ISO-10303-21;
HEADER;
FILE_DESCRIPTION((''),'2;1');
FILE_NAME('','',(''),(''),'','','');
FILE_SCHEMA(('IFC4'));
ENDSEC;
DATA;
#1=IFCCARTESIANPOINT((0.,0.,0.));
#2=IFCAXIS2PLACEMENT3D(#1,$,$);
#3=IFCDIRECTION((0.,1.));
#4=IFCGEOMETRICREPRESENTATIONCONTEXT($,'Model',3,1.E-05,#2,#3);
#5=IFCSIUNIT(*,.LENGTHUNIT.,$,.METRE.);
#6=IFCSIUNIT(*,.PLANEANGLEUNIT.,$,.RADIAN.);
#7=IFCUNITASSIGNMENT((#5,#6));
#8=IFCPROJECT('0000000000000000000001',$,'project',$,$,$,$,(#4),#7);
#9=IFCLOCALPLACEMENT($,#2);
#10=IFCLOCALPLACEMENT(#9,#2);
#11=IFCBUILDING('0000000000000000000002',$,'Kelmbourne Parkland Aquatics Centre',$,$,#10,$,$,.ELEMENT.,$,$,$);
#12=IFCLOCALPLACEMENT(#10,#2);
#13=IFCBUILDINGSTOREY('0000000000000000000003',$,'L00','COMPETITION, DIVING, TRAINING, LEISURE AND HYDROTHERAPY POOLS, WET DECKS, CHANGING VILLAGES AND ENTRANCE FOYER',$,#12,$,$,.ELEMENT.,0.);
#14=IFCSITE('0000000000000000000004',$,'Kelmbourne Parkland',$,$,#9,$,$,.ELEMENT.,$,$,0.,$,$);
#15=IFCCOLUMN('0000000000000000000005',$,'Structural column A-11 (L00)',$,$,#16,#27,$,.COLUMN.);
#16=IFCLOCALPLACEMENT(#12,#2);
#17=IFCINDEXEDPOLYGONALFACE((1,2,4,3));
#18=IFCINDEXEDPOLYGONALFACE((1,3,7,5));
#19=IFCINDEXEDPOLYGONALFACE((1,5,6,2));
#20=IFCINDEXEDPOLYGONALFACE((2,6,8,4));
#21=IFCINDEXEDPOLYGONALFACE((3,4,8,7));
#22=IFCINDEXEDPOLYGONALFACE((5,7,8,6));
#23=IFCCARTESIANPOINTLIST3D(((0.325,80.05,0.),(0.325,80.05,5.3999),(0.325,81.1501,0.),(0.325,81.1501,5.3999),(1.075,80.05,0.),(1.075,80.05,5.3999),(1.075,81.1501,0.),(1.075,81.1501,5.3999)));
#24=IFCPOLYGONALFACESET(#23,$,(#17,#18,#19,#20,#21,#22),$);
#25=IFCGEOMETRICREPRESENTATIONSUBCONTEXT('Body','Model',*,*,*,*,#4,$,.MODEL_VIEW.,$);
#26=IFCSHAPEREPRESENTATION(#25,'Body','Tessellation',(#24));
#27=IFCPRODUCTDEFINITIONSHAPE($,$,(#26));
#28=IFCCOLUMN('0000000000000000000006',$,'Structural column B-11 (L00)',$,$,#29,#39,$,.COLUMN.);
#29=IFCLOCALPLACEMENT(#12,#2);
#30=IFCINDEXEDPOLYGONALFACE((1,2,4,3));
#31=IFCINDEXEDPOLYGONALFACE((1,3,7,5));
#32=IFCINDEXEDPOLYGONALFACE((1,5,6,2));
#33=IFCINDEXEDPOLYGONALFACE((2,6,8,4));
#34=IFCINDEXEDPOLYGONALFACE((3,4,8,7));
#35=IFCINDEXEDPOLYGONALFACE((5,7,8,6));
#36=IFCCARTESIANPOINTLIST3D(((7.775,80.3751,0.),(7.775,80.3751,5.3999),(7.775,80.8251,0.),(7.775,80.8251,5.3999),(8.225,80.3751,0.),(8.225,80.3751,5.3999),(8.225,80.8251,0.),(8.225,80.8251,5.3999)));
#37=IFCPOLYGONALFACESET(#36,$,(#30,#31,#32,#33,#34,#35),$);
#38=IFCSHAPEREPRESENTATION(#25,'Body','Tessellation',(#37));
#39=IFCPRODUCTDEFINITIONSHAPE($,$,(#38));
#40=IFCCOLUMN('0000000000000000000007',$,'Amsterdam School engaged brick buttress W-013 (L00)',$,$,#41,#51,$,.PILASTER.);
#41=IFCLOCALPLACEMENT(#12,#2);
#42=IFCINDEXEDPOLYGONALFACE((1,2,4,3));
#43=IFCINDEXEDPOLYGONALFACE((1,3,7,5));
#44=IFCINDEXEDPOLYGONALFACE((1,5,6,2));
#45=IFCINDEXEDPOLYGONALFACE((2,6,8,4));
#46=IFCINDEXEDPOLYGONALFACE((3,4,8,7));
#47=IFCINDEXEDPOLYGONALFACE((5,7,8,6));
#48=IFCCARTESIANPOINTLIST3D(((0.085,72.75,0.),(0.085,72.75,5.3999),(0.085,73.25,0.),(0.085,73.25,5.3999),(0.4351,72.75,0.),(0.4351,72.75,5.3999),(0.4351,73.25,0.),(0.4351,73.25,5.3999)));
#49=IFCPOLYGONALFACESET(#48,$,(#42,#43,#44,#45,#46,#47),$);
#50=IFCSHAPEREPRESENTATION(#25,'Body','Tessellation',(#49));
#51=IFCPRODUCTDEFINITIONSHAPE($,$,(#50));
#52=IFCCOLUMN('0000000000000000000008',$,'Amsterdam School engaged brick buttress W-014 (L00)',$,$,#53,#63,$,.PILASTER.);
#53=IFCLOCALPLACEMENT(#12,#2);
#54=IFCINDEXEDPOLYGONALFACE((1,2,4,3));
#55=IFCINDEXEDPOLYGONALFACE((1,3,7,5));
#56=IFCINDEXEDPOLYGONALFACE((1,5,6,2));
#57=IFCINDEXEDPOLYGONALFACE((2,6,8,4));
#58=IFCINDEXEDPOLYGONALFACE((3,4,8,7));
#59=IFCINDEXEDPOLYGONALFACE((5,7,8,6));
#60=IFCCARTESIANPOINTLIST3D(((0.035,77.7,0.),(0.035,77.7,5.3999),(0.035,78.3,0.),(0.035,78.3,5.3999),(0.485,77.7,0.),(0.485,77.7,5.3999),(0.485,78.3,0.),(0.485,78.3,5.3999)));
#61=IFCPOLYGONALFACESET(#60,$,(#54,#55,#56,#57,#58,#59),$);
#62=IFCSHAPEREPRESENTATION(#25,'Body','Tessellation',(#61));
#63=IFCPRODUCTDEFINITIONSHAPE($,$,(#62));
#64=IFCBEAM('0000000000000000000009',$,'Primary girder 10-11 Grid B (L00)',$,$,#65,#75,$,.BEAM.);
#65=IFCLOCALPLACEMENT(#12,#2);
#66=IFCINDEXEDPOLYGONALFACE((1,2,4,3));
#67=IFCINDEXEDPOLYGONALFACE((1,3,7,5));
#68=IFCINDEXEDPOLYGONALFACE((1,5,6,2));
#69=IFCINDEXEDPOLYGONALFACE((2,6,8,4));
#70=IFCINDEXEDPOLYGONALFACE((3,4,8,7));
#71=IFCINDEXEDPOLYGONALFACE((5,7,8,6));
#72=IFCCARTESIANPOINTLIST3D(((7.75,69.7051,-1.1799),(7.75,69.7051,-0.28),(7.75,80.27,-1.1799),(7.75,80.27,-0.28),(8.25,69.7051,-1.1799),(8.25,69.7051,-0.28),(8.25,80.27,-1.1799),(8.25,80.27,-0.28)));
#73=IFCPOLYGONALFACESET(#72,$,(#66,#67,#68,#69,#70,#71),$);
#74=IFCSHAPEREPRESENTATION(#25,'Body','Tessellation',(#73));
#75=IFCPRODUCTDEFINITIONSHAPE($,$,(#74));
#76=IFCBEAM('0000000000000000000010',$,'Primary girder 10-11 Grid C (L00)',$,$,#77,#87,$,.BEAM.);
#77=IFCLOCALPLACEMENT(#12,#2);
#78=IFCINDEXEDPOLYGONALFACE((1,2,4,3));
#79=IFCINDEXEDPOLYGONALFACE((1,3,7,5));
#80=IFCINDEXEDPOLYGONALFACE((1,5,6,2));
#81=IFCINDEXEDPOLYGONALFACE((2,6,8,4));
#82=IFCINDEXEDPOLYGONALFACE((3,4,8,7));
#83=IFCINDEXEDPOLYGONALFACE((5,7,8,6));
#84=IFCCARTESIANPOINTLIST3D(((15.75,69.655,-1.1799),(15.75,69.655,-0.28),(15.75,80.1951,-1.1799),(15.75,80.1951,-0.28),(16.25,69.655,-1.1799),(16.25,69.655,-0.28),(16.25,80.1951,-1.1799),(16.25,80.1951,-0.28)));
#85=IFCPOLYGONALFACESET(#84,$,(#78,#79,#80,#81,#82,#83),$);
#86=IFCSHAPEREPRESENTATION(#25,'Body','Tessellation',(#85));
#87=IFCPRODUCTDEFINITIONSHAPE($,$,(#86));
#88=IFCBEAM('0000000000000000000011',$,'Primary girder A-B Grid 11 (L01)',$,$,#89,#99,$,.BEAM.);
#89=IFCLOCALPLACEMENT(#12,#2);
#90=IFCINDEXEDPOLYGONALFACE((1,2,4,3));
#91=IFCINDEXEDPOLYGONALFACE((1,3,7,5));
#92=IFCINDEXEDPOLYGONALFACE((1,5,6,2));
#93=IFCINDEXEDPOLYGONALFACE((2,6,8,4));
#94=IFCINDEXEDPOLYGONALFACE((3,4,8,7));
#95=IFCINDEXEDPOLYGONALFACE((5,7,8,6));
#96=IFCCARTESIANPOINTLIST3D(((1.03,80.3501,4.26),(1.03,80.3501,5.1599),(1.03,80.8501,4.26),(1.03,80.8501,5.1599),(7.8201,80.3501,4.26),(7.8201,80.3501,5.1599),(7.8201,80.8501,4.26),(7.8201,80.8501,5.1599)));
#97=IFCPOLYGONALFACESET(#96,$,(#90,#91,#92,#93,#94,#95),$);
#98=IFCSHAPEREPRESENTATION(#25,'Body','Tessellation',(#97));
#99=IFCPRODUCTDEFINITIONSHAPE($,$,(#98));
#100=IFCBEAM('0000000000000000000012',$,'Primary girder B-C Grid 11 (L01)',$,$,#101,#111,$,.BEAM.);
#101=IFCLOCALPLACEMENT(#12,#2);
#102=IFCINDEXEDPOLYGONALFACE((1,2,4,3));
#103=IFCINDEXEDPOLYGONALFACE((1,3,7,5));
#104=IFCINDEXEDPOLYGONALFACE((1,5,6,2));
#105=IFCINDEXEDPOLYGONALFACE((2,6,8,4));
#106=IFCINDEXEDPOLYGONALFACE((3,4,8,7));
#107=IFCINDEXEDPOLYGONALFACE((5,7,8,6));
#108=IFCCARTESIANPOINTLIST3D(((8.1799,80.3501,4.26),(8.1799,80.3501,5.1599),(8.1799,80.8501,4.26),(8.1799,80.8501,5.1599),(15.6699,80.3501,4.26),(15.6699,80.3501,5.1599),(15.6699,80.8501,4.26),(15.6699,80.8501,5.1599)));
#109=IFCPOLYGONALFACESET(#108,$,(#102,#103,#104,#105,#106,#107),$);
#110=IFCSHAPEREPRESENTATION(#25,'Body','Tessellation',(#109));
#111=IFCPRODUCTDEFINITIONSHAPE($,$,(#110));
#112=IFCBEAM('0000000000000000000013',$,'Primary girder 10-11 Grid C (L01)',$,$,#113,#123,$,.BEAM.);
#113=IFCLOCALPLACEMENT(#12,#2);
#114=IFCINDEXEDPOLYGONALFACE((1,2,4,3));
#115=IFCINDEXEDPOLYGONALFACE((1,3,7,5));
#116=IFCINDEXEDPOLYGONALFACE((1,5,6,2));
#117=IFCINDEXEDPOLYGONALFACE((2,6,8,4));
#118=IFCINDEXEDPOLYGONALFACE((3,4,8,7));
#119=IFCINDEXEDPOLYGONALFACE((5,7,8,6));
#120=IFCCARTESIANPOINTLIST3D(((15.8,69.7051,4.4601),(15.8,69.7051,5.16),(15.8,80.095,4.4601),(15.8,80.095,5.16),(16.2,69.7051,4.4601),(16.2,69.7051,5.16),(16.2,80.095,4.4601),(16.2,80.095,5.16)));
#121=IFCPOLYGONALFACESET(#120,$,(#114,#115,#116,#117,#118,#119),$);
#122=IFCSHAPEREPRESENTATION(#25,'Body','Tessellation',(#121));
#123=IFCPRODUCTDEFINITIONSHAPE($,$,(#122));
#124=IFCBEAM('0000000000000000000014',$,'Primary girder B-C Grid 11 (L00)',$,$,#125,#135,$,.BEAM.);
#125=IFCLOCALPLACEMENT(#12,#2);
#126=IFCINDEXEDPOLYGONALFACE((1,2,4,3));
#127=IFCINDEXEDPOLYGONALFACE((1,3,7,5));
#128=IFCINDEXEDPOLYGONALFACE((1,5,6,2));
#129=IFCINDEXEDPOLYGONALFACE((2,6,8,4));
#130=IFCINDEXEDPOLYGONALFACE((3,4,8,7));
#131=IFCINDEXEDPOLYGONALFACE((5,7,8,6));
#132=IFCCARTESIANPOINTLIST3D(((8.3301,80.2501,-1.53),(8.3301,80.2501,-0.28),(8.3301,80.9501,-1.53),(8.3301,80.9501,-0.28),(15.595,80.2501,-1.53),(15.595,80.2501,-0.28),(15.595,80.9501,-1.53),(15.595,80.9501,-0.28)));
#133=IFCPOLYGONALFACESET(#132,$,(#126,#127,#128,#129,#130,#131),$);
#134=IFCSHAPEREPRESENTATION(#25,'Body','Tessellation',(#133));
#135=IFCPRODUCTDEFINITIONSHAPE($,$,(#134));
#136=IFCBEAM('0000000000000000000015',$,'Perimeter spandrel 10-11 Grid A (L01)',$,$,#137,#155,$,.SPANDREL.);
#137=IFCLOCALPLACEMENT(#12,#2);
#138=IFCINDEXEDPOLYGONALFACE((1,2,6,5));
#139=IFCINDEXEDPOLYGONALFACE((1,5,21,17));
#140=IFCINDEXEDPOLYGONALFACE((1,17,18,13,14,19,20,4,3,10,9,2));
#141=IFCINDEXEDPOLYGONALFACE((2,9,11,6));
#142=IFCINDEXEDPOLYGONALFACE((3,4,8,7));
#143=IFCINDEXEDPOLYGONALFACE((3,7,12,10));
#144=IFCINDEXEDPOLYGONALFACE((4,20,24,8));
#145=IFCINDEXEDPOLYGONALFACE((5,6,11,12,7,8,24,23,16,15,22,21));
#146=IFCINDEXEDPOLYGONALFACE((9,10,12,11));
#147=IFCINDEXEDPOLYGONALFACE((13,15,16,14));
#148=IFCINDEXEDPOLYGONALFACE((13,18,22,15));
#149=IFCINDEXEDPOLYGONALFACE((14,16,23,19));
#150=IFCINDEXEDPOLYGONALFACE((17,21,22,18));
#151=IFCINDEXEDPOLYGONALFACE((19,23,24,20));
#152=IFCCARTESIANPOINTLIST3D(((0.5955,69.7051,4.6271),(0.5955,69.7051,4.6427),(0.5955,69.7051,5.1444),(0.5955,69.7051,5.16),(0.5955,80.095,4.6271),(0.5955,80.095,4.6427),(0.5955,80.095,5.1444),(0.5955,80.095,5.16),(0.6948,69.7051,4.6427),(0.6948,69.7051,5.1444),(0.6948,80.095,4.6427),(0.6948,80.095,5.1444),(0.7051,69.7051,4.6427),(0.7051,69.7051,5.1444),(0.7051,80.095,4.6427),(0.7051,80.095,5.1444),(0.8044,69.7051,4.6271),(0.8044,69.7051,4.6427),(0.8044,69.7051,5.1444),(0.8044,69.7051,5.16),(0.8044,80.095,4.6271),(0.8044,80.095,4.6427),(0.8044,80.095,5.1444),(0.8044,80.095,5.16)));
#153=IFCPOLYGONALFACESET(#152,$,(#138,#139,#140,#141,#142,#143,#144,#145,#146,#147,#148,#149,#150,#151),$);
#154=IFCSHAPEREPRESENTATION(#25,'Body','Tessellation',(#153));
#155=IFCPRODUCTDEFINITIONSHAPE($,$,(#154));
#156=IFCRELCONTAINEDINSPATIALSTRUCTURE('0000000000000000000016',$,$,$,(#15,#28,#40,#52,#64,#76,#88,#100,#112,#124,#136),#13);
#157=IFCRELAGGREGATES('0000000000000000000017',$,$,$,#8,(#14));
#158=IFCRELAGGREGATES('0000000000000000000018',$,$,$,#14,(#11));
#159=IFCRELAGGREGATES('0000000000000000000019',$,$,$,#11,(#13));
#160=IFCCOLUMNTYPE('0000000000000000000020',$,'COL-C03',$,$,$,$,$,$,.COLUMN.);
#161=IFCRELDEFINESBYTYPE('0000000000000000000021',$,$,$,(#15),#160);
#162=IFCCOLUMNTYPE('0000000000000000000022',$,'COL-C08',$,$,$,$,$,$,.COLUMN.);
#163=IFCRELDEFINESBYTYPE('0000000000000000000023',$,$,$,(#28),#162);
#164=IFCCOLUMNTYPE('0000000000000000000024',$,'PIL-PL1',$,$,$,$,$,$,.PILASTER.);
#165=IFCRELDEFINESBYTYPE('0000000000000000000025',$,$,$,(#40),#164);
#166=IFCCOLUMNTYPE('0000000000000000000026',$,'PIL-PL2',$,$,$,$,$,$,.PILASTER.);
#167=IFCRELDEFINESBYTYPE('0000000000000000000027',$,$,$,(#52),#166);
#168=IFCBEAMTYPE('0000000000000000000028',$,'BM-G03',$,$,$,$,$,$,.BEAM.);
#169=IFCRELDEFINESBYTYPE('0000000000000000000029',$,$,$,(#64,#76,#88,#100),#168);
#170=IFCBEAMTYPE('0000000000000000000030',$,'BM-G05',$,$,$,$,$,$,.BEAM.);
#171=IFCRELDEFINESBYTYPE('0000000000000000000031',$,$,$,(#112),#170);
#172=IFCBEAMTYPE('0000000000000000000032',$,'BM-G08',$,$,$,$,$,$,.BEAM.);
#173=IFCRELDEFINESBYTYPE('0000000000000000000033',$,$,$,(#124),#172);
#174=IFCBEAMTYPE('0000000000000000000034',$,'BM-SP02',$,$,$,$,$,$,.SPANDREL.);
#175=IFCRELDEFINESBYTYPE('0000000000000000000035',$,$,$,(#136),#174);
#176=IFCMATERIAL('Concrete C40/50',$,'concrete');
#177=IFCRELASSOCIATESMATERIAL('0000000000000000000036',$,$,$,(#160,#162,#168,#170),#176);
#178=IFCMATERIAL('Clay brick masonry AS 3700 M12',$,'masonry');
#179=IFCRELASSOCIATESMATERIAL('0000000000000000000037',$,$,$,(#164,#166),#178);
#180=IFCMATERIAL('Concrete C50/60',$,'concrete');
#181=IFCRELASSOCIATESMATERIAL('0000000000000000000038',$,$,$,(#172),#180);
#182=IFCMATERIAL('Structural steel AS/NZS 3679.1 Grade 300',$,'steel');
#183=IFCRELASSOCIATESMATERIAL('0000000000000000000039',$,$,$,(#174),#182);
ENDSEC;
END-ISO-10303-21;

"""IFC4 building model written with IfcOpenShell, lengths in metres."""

from ifc_helpers import new_model, si_unit, direction, frame, origin, origin_2d, place, context, subcontext, project, spatial, rectangle, i_section, extrude, material, material_profile, profile_set, type_object, element, save


model = new_model("IFC4")

# Units and contexts
model_context = context("Model", 3, precision=1e-05, world=origin(), true_north=direction((0.0, 1.0)))
body_context = subcontext(model_context, "Body", "Model", "MODEL_VIEW")
ifc_project = project(units=[si_unit("LENGTHUNIT", "METRE"), si_unit("PLANEANGLEUNIT", "RADIAN")], contexts=[model_context])

# Site, building, storey
site_placement = place(None, origin())
site = spatial("IfcSite", under=ifc_project, at=site_placement, Name="Kelmbourne Parkland", CompositionType="ELEMENT", RefElevation=0.0)
building_placement = place(site_placement, origin())
building = spatial("IfcBuilding", under=site, at=building_placement, Name="Kelmbourne Parkland Aquatics Centre", CompositionType="ELEMENT")
storey_placement = place(building_placement, origin())
storey = spatial("IfcBuildingStorey", under=building, at=storey_placement, Name="L00", Description="COMPETITION, DIVING, TRAINING, LEISURE AND HYDROTHERAPY POOLS, WET DECKS, CHANGING VILLAGES AND ENTRANCE FOYER", CompositionType="ELEMENT", Elevation=0.0)

# Columns
ifc_material_1 = material(Name="Concrete C40/50", Category="concrete")
ifc_material_profile_1 = material_profile(ifc_material_1, rectangle(XDim=0.75, YDim=1.1001, at=origin_2d()), Name="RC 750x1100")
ifc_profile_set_1 = profile_set([ifc_material_profile_1], Name="Concrete C40/50")
column_type_1 = type_object("IfcColumnType", Name="COL-C03", PredefinedType="COLUMN", material=ifc_profile_set_1)
column_1_placement = place(storey_placement, frame((0.7, 80.6001, 0.0), z_axis=(0.0, 0.0, 1.0), x_axis=(1.0, 0.0, 0.0)))
element("IfcColumn", 1, at=column_1_placement, inside=storey, type_object=column_type_1, Name="Structural column A-11 (L00)", PredefinedType="COLUMN", context=body_context, shape_type="SweptSolid", body=[
    extrude(rectangle(XDim=0.75, YDim=1.1001, at=origin_2d()), origin(), (0.0, 0.0, 1.0), 5.3999),
])
ifc_material_profile_2 = material_profile(ifc_material_1, rectangle(XDim=0.45, YDim=0.45, at=origin_2d()), Name="RC 450x450")
ifc_profile_set_2 = profile_set([ifc_material_profile_2], Name="Concrete C40/50")
column_type_2 = type_object("IfcColumnType", Name="COL-C08", PredefinedType="COLUMN", material=ifc_profile_set_2)
column_2_placement = place(storey_placement, frame((8.0, 80.6001, 0.0), z_axis=(0.0, 0.0, 1.0), x_axis=(1.0, 0.0, 0.0)))
element("IfcColumn", 2, at=column_2_placement, inside=storey, type_object=column_type_2, Name="Structural column B-11 (L00)", PredefinedType="COLUMN", context=body_context, shape_type="SweptSolid", body=[
    extrude(rectangle(XDim=0.45, YDim=0.45, at=origin_2d()), origin(), (0.0, 0.0, 1.0), 5.3999),
])
ifc_material_2 = material(Name="Clay brick masonry AS 3700 M12", Category="masonry")
ifc_material_profile_3 = material_profile(ifc_material_2, rectangle(XDim=0.3501, YDim=0.5, at=origin_2d()), Name="PIL 350x500")
ifc_profile_set_3 = profile_set([ifc_material_profile_3], Name="Clay brick masonry AS 3700 M12")
column_type_3 = type_object("IfcColumnType", Name="PIL-PL1", PredefinedType="PILASTER", material=ifc_profile_set_3)
column_3_placement = place(storey_placement, frame((0.26, 73.0, 0.0), z_axis=(0.0, 0.0, 1.0), x_axis=(1.0, 0.0, 0.0)))
element("IfcColumn", 3, at=column_3_placement, inside=storey, type_object=column_type_3, Name="Amsterdam School engaged brick buttress W-013 (L00)", PredefinedType="PILASTER", context=body_context, shape_type="SweptSolid", body=[
    extrude(rectangle(XDim=0.3501, YDim=0.5, at=origin_2d()), origin(), (0.0, 0.0, 1.0), 5.3999),
])
ifc_material_profile_4 = material_profile(ifc_material_2, rectangle(XDim=0.45, YDim=0.6001, at=origin_2d()), Name="PIL 450x600")
ifc_profile_set_4 = profile_set([ifc_material_profile_4], Name="Clay brick masonry AS 3700 M12")
column_type_4 = type_object("IfcColumnType", Name="PIL-PL2", PredefinedType="PILASTER", material=ifc_profile_set_4)
column_4_placement = place(storey_placement, frame((0.26, 78.0, 0.0), z_axis=(0.0, 0.0, 1.0), x_axis=(1.0, 0.0, 0.0)))
element("IfcColumn", 4, at=column_4_placement, inside=storey, type_object=column_type_4, Name="Amsterdam School engaged brick buttress W-014 (L00)", PredefinedType="PILASTER", context=body_context, shape_type="SweptSolid", body=[
    extrude(rectangle(XDim=0.45, YDim=0.6001, at=origin_2d()), origin(), (0.0, 0.0, 1.0), 5.3999),
])

# Beams
ifc_material_profile_5 = material_profile(ifc_material_1, rectangle(XDim=0.5, YDim=0.8999, at=origin_2d()), Name="RC 500x900")
ifc_profile_set_5 = profile_set([ifc_material_profile_5], Name="Concrete C40/50")
beam_type_1 = type_object("IfcBeamType", Name="BM-G03", PredefinedType="BEAM", material=ifc_profile_set_5)
beam_1_placement = place(storey_placement, frame((8.0, 69.7051, -0.73), z_axis=(0.0, 1.0, 0.0), x_axis=(-1.0, 0.0, 0.0)))
element("IfcBeam", 5, at=beam_1_placement, inside=storey, type_object=beam_type_1, Name="Primary girder 10-11 Grid B (L00)", PredefinedType="BEAM", context=body_context, shape_type="SweptSolid", body=[
    extrude(rectangle(XDim=0.5, YDim=0.8999, at=origin_2d()), origin(), (0.0, 0.0, 1.0), 10.5649),
])
beam_2_placement = place(storey_placement, frame((16.0, 69.655, -0.73), z_axis=(0.0, 1.0, 0.0), x_axis=(-1.0, 0.0, 0.0)))
element("IfcBeam", 6, at=beam_2_placement, inside=storey, type_object=beam_type_1, Name="Primary girder 10-11 Grid C (L00)", PredefinedType="BEAM", context=body_context, shape_type="SweptSolid", body=[
    extrude(rectangle(XDim=0.5, YDim=0.8999, at=origin_2d()), origin(), (0.0, 0.0, 1.0), 10.54),
])
beam_3_placement = place(storey_placement, frame((1.03, 80.6001, 4.71), z_axis=(1.0, 0.0, 0.0), x_axis=(0.0, 1.0, 0.0)))
element("IfcBeam", 7, at=beam_3_placement, inside=storey, type_object=beam_type_1, Name="Primary girder A-B Grid 11 (L01)", PredefinedType="BEAM", context=body_context, shape_type="SweptSolid", body=[
    extrude(rectangle(XDim=0.5, YDim=0.8999, at=origin_2d()), origin(), (0.0, 0.0, 1.0), 6.79),
])
beam_4_placement = place(storey_placement, frame((8.1799, 80.6001, 4.71), z_axis=(1.0, 0.0, 0.0), x_axis=(0.0, 1.0, 0.0)))
element("IfcBeam", 8, at=beam_4_placement, inside=storey, type_object=beam_type_1, Name="Primary girder B-C Grid 11 (L01)", PredefinedType="BEAM", context=body_context, shape_type="SweptSolid", body=[
    extrude(rectangle(XDim=0.5, YDim=0.8999, at=origin_2d()), origin(), (0.0, 0.0, 1.0), 7.49),
])
ifc_material_profile_6 = material_profile(ifc_material_1, rectangle(XDim=0.3999, YDim=0.7, at=origin_2d()), Name="RC 400x700")
ifc_profile_set_6 = profile_set([ifc_material_profile_6], Name="Concrete C40/50")
beam_type_2 = type_object("IfcBeamType", Name="BM-G05", PredefinedType="BEAM", material=ifc_profile_set_6)
beam_5_placement = place(storey_placement, frame((16.0, 69.7051, 4.8101), z_axis=(0.0, 1.0, 0.0), x_axis=(-1.0, 0.0, 0.0)))
element("IfcBeam", 9, at=beam_5_placement, inside=storey, type_object=beam_type_2, Name="Primary girder 10-11 Grid C (L01)", PredefinedType="BEAM", context=body_context, shape_type="SweptSolid", body=[
    extrude(rectangle(XDim=0.3999, YDim=0.7, at=origin_2d()), origin(), (0.0, 0.0, 1.0), 10.3899),
])
ifc_material_3 = material(Name="Concrete C50/60", Category="concrete")
ifc_material_profile_7 = material_profile(ifc_material_3, rectangle(XDim=0.7, YDim=1.25, at=origin_2d()), Name="RC 700x1250")
ifc_profile_set_7 = profile_set([ifc_material_profile_7], Name="Concrete C50/60")
beam_type_3 = type_object("IfcBeamType", Name="BM-G08", PredefinedType="BEAM", material=ifc_profile_set_7)
beam_6_placement = place(storey_placement, frame((8.3301, 80.6001, -0.905), z_axis=(1.0, 0.0, 0.0), x_axis=(0.0, 1.0, 0.0)))
element("IfcBeam", 10, at=beam_6_placement, inside=storey, type_object=beam_type_3, Name="Primary girder B-C Grid 11 (L00)", PredefinedType="BEAM", context=body_context, shape_type="SweptSolid", body=[
    extrude(rectangle(XDim=0.7, YDim=1.25, at=origin_2d()), origin(), (0.0, 0.0, 1.0), 7.2649),
])
ifc_material_4 = material(Name="Structural steel AS/NZS 3679.1 Grade 300", Category="steel")
ifc_material_profile_8 = material_profile(ifc_material_4, i_section(OverallWidth=0.209, OverallDepth=0.533, WebThickness=0.0103, FlangeThickness=0.0156, at=origin_2d()), Name="530UB92.4")
ifc_profile_set_8 = profile_set([ifc_material_profile_8], Name="Structural steel AS/NZS 3679.1 Grade 300")
beam_type_4 = type_object("IfcBeamType", Name="BM-SP02", PredefinedType="SPANDREL", material=ifc_profile_set_8)
beam_7_placement = place(storey_placement, frame((0.7, 69.7051, 4.8936), z_axis=(0.0, 1.0, 0.0), x_axis=(-1.0, 0.0, 0.0)))
element("IfcBeam", 11, at=beam_7_placement, inside=storey, type_object=beam_type_4, Name="Perimeter spandrel 10-11 Grid A (L01)", PredefinedType="SPANDREL", context=body_context, shape_type="SweptSolid", body=[
    extrude(i_section(OverallWidth=0.209, OverallDepth=0.533, WebThickness=0.0103, FlangeThickness=0.0156, at=origin_2d()), origin(), (0.0, 0.0, 1.0), 10.3899),
])

save(model, "model.ifc")
